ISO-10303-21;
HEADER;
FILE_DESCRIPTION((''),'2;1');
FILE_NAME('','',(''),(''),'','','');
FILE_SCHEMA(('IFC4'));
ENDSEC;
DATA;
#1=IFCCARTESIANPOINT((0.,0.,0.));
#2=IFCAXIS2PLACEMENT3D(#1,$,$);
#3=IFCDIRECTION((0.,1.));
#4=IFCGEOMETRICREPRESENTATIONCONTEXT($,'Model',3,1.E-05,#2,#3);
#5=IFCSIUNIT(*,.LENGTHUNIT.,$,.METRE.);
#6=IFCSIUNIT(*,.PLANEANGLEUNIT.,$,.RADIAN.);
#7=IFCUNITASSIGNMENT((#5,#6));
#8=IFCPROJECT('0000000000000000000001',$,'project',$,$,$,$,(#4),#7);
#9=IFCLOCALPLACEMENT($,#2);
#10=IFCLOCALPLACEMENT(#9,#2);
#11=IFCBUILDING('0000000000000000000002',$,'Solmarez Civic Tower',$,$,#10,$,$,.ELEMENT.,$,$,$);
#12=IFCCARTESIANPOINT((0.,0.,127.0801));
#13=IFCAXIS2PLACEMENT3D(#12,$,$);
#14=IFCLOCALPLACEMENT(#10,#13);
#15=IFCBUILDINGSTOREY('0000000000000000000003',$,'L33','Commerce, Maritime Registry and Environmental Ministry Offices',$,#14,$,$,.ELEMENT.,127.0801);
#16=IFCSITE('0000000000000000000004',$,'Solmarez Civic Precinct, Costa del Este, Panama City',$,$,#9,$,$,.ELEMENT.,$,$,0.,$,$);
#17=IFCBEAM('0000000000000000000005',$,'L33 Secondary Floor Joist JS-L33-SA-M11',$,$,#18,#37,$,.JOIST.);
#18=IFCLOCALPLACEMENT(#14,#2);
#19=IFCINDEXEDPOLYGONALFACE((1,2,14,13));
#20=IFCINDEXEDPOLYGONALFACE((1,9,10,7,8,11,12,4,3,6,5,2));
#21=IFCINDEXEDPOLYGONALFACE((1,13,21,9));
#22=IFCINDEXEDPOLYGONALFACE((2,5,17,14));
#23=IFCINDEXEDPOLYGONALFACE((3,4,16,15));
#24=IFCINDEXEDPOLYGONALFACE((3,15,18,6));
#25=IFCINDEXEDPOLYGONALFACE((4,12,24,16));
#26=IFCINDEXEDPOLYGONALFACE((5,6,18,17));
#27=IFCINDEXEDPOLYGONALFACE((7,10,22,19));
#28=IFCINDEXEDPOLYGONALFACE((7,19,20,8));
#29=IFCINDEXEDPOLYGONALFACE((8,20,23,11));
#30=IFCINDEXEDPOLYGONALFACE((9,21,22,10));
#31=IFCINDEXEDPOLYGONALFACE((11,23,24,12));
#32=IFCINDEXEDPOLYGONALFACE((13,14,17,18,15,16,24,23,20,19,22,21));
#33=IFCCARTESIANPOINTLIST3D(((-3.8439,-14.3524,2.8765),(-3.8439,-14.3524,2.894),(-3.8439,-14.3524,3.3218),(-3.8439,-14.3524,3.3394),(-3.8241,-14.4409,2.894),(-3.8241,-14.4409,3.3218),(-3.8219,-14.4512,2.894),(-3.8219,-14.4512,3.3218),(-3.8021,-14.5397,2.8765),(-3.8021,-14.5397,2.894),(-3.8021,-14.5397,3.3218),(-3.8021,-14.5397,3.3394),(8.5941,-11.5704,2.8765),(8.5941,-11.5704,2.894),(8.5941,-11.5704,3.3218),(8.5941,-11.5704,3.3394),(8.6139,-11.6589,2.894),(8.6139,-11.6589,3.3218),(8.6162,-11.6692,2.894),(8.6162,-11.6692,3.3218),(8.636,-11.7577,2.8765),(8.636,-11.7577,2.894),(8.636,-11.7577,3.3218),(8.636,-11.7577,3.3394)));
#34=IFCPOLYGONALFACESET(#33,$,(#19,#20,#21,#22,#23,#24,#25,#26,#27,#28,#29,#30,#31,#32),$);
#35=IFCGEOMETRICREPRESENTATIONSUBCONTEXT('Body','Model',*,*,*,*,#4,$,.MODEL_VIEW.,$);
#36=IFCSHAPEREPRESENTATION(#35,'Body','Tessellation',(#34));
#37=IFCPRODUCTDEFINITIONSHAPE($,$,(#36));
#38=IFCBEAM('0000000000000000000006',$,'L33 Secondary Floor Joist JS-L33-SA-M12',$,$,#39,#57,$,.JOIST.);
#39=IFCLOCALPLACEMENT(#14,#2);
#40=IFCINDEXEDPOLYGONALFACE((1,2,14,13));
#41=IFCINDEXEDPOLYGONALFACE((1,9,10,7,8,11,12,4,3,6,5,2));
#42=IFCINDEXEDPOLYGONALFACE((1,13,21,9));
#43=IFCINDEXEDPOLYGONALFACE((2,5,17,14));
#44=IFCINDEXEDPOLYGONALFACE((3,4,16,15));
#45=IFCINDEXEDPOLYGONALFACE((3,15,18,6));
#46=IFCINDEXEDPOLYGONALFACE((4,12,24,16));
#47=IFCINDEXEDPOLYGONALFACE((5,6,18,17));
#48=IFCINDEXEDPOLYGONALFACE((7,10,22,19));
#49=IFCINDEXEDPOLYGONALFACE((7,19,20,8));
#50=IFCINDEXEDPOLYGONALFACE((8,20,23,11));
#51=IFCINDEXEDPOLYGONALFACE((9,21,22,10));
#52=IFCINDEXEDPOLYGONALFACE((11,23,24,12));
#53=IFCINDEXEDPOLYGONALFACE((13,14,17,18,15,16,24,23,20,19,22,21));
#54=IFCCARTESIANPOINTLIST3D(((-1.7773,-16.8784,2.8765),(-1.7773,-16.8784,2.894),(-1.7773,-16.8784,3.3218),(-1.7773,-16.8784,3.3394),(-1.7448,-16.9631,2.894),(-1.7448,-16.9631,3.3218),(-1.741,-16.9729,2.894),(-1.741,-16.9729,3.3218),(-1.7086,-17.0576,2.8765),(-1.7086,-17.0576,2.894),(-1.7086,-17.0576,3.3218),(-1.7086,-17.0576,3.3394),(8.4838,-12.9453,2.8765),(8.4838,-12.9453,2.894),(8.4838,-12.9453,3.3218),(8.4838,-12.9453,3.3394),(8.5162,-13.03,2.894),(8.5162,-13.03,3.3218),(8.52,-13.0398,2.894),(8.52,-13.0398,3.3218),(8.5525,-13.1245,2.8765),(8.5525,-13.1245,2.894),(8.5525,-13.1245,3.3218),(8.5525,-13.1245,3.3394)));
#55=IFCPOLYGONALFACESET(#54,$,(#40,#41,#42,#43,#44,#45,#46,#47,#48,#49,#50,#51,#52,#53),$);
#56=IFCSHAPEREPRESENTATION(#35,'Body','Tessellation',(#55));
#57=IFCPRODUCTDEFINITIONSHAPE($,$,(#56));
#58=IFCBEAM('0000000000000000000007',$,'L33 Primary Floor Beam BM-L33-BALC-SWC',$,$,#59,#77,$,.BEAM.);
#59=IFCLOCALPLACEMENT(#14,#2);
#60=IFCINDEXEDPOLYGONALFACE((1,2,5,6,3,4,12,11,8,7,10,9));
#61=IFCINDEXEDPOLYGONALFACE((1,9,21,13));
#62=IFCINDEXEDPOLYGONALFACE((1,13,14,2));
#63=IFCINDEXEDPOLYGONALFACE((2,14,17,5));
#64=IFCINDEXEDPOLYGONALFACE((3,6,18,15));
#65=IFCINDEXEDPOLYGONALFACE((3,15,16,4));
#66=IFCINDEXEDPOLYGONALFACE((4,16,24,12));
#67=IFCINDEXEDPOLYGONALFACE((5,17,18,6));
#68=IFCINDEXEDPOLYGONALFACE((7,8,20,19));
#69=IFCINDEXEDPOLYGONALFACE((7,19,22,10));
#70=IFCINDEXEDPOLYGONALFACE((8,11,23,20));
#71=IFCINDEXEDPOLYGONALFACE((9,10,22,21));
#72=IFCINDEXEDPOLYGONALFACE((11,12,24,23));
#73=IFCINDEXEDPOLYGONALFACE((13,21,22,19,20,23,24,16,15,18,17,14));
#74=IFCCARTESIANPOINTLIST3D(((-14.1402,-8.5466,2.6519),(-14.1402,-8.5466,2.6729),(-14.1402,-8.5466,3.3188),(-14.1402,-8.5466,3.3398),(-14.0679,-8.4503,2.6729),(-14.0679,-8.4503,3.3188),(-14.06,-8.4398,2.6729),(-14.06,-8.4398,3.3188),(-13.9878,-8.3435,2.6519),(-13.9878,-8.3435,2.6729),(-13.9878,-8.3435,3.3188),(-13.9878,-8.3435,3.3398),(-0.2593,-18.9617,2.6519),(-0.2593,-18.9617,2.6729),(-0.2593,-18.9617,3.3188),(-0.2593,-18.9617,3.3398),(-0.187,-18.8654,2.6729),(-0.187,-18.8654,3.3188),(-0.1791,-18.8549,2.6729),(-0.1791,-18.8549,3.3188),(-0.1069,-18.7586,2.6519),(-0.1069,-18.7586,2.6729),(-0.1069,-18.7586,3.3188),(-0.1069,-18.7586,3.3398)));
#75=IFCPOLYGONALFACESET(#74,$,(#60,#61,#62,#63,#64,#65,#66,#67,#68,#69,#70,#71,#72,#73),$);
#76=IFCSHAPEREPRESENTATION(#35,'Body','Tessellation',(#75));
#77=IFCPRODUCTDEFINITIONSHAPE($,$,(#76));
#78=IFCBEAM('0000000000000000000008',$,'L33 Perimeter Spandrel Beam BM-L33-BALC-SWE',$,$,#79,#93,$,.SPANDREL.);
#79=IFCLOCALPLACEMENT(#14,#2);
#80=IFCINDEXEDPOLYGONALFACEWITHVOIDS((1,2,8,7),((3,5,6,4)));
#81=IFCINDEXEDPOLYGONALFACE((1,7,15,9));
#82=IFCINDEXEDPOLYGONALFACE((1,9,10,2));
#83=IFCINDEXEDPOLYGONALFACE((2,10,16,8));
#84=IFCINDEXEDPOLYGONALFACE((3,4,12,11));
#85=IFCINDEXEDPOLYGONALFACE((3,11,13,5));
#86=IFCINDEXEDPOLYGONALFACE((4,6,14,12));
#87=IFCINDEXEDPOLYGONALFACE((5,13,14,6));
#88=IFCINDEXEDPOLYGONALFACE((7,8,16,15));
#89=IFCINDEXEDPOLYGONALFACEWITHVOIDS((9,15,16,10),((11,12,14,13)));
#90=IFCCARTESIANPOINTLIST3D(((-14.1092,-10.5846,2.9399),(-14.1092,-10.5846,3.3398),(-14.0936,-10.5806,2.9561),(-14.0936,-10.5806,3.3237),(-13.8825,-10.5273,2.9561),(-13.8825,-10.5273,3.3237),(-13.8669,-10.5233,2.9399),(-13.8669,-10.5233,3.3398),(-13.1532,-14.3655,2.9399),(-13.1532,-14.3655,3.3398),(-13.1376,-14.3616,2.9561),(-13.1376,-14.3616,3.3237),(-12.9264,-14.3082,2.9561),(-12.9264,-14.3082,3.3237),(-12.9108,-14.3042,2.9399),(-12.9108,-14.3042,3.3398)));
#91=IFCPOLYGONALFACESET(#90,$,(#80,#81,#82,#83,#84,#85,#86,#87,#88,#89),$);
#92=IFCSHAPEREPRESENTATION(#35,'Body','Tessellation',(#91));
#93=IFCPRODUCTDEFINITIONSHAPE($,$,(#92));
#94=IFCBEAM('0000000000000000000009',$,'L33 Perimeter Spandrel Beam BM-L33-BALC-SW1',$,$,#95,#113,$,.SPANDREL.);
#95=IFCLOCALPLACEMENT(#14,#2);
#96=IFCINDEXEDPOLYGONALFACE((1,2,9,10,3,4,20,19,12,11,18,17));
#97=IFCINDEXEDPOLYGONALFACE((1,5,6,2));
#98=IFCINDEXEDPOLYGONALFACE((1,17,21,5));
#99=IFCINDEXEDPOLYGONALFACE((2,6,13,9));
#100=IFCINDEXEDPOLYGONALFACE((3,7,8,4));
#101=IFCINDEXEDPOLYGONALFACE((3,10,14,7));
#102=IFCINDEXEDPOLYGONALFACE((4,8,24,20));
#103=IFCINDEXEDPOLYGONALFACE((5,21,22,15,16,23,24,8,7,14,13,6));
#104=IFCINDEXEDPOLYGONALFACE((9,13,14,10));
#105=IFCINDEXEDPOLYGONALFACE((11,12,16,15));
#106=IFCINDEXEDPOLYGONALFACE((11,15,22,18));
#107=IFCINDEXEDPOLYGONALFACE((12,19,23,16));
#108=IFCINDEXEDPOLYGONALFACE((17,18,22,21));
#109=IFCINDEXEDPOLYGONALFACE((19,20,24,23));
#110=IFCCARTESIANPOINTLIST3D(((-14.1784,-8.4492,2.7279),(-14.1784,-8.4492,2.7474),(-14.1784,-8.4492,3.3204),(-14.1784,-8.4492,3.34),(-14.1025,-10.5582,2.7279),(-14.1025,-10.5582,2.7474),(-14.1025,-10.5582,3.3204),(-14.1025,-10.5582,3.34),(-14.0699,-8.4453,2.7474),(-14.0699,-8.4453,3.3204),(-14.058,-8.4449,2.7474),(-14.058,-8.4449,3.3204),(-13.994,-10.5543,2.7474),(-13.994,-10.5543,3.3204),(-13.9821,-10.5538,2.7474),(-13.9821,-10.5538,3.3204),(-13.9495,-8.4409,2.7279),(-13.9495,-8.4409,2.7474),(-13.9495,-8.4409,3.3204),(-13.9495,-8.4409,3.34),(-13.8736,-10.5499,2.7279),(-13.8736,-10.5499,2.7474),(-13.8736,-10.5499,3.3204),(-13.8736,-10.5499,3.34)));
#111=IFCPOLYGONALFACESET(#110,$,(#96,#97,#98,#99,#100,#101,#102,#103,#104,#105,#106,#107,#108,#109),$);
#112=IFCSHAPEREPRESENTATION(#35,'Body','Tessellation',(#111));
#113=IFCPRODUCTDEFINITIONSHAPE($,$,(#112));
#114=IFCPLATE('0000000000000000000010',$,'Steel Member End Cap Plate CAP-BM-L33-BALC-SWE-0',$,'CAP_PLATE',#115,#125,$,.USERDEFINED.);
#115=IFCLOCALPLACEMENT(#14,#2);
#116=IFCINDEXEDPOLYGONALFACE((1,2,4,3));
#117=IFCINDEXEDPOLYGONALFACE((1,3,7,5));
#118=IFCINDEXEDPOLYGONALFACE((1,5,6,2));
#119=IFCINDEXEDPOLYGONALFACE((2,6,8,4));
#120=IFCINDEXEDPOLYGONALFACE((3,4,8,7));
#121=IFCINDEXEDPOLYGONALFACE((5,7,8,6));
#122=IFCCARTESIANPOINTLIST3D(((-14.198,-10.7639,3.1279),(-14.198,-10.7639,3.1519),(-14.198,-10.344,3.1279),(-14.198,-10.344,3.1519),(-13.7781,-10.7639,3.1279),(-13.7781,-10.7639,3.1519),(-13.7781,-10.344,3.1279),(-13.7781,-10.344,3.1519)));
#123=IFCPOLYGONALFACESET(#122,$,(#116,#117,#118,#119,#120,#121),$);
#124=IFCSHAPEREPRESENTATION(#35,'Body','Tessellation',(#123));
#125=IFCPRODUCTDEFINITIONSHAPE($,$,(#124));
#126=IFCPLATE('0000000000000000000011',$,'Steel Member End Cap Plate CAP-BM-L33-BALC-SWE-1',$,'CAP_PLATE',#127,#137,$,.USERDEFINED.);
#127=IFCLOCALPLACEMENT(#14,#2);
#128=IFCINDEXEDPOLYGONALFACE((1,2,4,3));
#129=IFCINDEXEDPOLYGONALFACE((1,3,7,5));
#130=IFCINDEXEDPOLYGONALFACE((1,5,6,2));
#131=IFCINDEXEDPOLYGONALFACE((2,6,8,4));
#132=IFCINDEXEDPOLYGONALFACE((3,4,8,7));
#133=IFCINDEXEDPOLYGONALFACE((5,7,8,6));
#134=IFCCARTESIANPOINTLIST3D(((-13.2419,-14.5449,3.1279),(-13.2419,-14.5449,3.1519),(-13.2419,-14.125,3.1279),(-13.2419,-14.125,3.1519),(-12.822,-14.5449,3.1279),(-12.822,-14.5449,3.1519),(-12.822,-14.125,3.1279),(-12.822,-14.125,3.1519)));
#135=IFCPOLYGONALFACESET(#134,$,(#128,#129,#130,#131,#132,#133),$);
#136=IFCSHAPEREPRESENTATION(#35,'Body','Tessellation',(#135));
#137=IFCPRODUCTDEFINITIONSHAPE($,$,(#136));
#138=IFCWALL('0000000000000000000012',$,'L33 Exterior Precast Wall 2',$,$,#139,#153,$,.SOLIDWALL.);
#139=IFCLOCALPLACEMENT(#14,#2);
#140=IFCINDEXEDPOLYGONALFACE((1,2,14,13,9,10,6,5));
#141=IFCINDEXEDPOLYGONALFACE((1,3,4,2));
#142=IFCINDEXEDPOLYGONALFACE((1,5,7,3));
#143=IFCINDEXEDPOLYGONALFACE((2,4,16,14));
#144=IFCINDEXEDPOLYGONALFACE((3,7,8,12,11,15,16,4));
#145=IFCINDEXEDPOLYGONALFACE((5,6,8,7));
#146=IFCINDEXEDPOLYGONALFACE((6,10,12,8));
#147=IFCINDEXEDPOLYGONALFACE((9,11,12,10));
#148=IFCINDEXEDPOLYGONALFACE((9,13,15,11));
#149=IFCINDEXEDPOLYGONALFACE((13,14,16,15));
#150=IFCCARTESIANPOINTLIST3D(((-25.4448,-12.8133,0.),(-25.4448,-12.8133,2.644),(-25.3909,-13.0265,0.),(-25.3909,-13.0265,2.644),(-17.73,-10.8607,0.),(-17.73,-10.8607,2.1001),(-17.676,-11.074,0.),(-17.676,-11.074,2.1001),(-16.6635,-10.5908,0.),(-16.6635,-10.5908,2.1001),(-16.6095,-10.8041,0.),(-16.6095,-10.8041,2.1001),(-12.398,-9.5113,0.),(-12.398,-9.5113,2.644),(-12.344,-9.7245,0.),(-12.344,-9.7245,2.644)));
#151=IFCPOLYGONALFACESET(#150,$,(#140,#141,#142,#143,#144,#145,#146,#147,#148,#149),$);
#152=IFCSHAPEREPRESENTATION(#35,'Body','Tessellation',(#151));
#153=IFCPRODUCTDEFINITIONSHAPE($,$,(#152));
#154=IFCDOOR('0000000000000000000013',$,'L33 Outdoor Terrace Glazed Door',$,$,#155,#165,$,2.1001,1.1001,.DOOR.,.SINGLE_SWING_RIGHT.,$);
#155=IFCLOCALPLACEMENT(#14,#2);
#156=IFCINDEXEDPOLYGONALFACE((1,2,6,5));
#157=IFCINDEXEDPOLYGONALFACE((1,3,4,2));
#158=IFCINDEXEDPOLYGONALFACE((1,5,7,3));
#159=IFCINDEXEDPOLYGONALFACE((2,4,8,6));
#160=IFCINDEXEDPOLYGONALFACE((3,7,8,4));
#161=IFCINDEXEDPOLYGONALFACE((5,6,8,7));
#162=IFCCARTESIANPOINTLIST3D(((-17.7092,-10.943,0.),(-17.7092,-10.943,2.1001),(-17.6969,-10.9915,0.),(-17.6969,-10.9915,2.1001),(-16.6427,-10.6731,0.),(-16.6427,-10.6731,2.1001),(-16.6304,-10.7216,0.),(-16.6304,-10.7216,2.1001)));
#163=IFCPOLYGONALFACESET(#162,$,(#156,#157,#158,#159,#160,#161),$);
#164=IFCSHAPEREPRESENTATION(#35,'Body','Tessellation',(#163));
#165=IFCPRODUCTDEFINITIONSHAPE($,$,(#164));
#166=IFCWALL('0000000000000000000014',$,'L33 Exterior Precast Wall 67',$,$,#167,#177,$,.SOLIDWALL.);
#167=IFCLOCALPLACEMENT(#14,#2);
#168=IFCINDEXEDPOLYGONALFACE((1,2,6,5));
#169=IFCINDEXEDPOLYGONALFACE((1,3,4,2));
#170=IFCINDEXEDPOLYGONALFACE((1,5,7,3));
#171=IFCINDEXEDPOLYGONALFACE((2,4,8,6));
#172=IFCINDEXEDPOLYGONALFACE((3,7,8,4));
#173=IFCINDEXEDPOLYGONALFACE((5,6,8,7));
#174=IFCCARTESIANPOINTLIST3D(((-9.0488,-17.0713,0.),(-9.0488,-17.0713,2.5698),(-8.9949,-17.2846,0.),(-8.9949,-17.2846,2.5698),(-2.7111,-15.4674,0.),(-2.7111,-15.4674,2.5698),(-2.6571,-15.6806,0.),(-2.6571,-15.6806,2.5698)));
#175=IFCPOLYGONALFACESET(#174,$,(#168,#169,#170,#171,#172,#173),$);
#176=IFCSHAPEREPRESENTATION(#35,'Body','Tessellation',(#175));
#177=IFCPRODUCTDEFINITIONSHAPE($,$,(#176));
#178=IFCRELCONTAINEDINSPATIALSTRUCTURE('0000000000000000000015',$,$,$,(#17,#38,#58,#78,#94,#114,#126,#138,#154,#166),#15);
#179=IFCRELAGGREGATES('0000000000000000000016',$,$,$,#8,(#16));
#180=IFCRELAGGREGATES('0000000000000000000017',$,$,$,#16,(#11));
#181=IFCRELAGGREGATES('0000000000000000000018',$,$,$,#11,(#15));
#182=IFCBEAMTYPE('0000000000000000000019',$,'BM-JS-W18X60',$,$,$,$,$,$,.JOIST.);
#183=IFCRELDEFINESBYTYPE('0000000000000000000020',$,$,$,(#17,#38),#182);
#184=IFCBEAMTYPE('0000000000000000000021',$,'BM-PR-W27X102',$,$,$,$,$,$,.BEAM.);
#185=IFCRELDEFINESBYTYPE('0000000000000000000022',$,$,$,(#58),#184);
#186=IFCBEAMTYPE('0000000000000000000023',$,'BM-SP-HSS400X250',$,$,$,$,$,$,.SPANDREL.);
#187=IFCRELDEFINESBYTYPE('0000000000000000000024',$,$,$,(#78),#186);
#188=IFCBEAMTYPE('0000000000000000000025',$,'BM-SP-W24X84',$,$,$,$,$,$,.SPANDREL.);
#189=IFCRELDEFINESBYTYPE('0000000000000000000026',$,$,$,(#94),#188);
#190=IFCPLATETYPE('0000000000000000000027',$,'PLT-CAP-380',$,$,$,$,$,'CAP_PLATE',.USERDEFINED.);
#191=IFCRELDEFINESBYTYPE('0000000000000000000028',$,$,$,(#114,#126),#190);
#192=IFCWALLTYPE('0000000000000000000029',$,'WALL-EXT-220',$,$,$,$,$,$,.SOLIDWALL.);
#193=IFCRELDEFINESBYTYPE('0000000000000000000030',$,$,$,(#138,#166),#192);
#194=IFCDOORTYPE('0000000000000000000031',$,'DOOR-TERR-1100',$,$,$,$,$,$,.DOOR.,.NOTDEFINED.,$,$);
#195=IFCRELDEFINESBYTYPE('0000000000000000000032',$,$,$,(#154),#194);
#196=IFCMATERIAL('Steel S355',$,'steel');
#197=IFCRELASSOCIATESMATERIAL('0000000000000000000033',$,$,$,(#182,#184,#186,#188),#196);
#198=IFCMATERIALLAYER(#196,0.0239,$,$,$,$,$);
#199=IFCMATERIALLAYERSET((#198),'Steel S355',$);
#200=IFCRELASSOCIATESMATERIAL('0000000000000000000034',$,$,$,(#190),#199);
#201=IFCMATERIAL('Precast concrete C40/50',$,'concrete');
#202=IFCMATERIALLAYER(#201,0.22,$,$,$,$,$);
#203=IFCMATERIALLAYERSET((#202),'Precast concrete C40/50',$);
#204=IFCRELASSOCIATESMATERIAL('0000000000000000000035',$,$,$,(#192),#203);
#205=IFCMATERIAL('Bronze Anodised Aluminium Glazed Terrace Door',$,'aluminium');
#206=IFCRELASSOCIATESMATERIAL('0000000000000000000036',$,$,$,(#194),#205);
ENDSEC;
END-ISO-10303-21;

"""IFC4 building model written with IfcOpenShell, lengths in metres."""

from ifc_helpers import new_model, si_unit, direction, frame, frame_2d, origin, origin_2d, place, context, subcontext, project, spatial, rectangle, hollow_rectangle, i_section, extrude, material, layer, layer_set, material_profile, profile_set, type_object, element, fill, save


model = new_model("IFC4")

# Units and contexts
model_context = context("Model", 3, precision=1e-05, world=origin(), true_north=direction((0.0, 1.0)))
body_context = subcontext(model_context, "Body", "Model", "MODEL_VIEW")
ifc_project = project(units=[si_unit("LENGTHUNIT", "METRE"), si_unit("PLANEANGLEUNIT", "RADIAN")], contexts=[model_context])

# Site, building, storey
site_placement = place(None, origin())
site = spatial("IfcSite", under=ifc_project, at=site_placement, Name="Solmarez Civic Precinct, Costa del Este, Panama City", CompositionType="ELEMENT", RefElevation=0.0)
building_placement = place(site_placement, origin())
building = spatial("IfcBuilding", under=site, at=building_placement, Name="Solmarez Civic Tower", CompositionType="ELEMENT")
storey_placement = place(building_placement, frame((0.0, 0.0, 127.0801)))
storey = spatial("IfcBuildingStorey", under=building, at=storey_placement, Name="L33", Description="Commerce, Maritime Registry and Environmental Ministry Offices", CompositionType="ELEMENT", Elevation=127.0801)

# Beams
ifc_material_1 = material(Name="Steel S355", Category="steel")
ifc_material_profile_1 = material_profile(ifc_material_1, i_section(OverallWidth=0.1919, OverallDepth=0.4629, WebThickness=0.0105, FlangeThickness=0.0176, at=origin_2d()), Name="W18X60")
ifc_profile_set_1 = profile_set([ifc_material_profile_1], Name="Steel S355")
beam_type_1 = type_object("IfcBeamType", Name="BM-JS-W18X60", PredefinedType="JOIST", material=ifc_profile_set_1)
beam_1_placement = place(storey_placement, frame((-3.823, -14.446, 3.1079), z_axis=(0.975887, 0.218275, 0.0), x_axis=(-0.218275, 0.975887, 0.0)))
element("IfcBeam", 1, at=beam_1_placement, inside=storey, type_object=beam_type_1, Name="L33 Secondary Floor Joist JS-L33-SA-M11", PredefinedType="JOIST", context=body_context, shape_type="SweptSolid", body=[
    extrude(i_section(OverallWidth=0.1919, OverallDepth=0.4629, WebThickness=0.0105, FlangeThickness=0.0176, at=origin_2d()), origin(), (0.0, 0.0, 1.0), 12.7454),
])
beam_2_placement = place(storey_placement, frame((-1.7429, -16.968, 3.1079), z_axis=(0.933754, 0.357914, 0.0), x_axis=(-0.357914, 0.933754, 0.0)))
element("IfcBeam", 2, at=beam_2_placement, inside=storey, type_object=beam_type_1, Name="L33 Secondary Floor Joist JS-L33-SA-M12", PredefinedType="JOIST", context=body_context, shape_type="SweptSolid", body=[
    extrude(i_section(OverallWidth=0.1919, OverallDepth=0.4629, WebThickness=0.0105, FlangeThickness=0.0176, at=origin_2d()), origin(), (0.0, 0.0, 1.0), 10.989),
])
ifc_material_profile_2 = material_profile(ifc_material_1, i_section(OverallWidth=0.2539, OverallDepth=0.688, WebThickness=0.0132, FlangeThickness=0.021, at=origin_2d()), Name="W27X102")
ifc_profile_set_2 = profile_set([ifc_material_profile_2], Name="Steel S355")
beam_type_2 = type_object("IfcBeamType", Name="BM-PR-W27X102", PredefinedType="BEAM", material=ifc_profile_set_2)
beam_3_placement = place(storey_placement, frame((-14.064, -8.4451, 2.9958), z_axis=(0.799878, -0.600162, 0.0), x_axis=(0.600162, 0.799878, 0.0)))
element("IfcBeam", 3, at=beam_3_placement, inside=storey, type_object=beam_type_2, Name="L33 Primary Floor Beam BM-L33-BALC-SWC", PredefinedType="BEAM", context=body_context, shape_type="SweptSolid", body=[
    extrude(i_section(OverallWidth=0.2539, OverallDepth=0.688, WebThickness=0.0132, FlangeThickness=0.021, at=origin_2d()), origin(), (0.0, 0.0, 1.0), 17.3538),
])
ifc_material_profile_3 = material_profile(ifc_material_1, hollow_rectangle(XDim=0.25, YDim=0.3999, WallThickness=0.0161, at=origin_2d()), Name="HSS400X250X16")
ifc_profile_set_3 = profile_set([ifc_material_profile_3], Name="Steel S355")
beam_type_3 = type_object("IfcBeamType", Name="BM-SP-HSS400X250", PredefinedType="SPANDREL", material=ifc_profile_set_3)
beam_4_placement = place(storey_placement, frame((-13.988, -10.554, 3.1399), z_axis=(0.245142, -0.969487, 0.0), x_axis=(0.969487, 0.245142, 0.0)))
element("IfcBeam", 4, at=beam_4_placement, inside=storey, type_object=beam_type_3, Name="L33 Perimeter Spandrel Beam BM-L33-BALC-SWE", PredefinedType="SPANDREL", context=body_context, shape_type="SweptSolid", body=[
    extrude(hollow_rectangle(XDim=0.25, YDim=0.3999, WallThickness=0.0161, at=origin_2d()), origin(), (0.0, 0.0, 1.0), 3.8999),
])
ifc_material_profile_4 = material_profile(ifc_material_1, i_section(OverallWidth=0.229, OverallDepth=0.6121, WebThickness=0.012, FlangeThickness=0.0195, at=origin_2d()), Name="W24X84")
ifc_profile_set_4 = profile_set([ifc_material_profile_4], Name="Steel S355")
beam_type_4 = type_object("IfcBeamType", Name="BM-SP-W24X84", PredefinedType="SPANDREL", material=ifc_profile_set_4)
beam_5_placement = place(storey_placement, frame((-14.064, -8.4451, 3.0339), z_axis=(0.03598, -0.999352, 0.0), x_axis=(0.999352, 0.03598, 0.0)))
element("IfcBeam", 5, at=beam_5_placement, inside=storey, type_object=beam_type_4, Name="L33 Perimeter Spandrel Beam BM-L33-BALC-SW1", PredefinedType="SPANDREL", context=body_context, shape_type="SweptSolid", body=[
    extrude(i_section(OverallWidth=0.229, OverallDepth=0.6121, WebThickness=0.012, FlangeThickness=0.0195, at=origin_2d()), origin(), (0.0, 0.0, 1.0), 2.1104),
])

# Plates
ifc_layer_1 = layer(ifc_material_1, 0.0239)
ifc_layer_set_1 = layer_set([ifc_layer_1], Name="Steel S355")
plate_type = type_object("IfcPlateType", Name="PLT-CAP-380", ElementType="CAP_PLATE", PredefinedType="USERDEFINED", material=ifc_layer_set_1)
for number, where, z_axis, x_axis, name in (
    (6, (-13.988, -10.554, 3.1279), (0.0, 0.0, 1.0), (1.0, 0.0, 0.0), "Steel Member End Cap Plate CAP-BM-L33-BALC-SWE-0"),
    (7, (-13.032, -14.335, 3.1279), (0.0, 0.0, 1.0), (1.0, 0.0, 0.0), "Steel Member End Cap Plate CAP-BM-L33-BALC-SWE-1"),
):
    element("IfcPlate", number, at=place(storey_placement, frame(where, z_axis=z_axis, x_axis=x_axis)), inside=storey, type_object=plate_type, Name=name, ObjectType="CAP_PLATE", PredefinedType="USERDEFINED", context=body_context, shape_type="SweptSolid", body=[
        extrude(rectangle(XDim=0.4199, YDim=0.4199, at=origin_2d()), origin(), (0.0, 0.0, 1.0), 0.0239),
    ])

# Wall, opening, door
ifc_material_2 = material(Name="Precast concrete C40/50", Category="concrete")
ifc_layer_2 = layer(ifc_material_2, 0.22)
ifc_layer_set_2 = layer_set([ifc_layer_2], Name="Precast concrete C40/50")
wall_type_1 = type_object("IfcWallType", Name="WALL-EXT-220", PredefinedType="SOLIDWALL", material=ifc_layer_set_2)
wall_1_placement = place(storey_placement, frame((-12.3711, -9.6179, 0.0), z_axis=(0.0, 0.0, 1.0), x_axis=(-0.969434, -0.245352, 0.0)))
wall_1 = element("IfcWall", 8, at=wall_1_placement, inside=storey, type_object=wall_type_1, Name="L33 Exterior Precast Wall 2", PredefinedType="SOLIDWALL", context=body_context, shape_type="SweptSolid", body=[
    extrude(rectangle(XDim=13.4583, YDim=0.22, at=frame_2d((6.729, 0.0))), origin(), (0.0, 0.0, 1.0), 2.644),
])
opening_1_placement = place(wall_1_placement, frame((4.3999, 0.0, 0.0)))
opening_1 = element("IfcOpeningElement", 9, at=opening_1_placement, cuts=wall_1, PredefinedType="OPENING", context=body_context, shape_type="SweptSolid", body=[
    extrude(rectangle(XDim=1.1001, YDim=2.1001, at=frame_2d((0.55, 1.05))), frame((0.0, 0.1199, 0.0), z_axis=(0.0, -1.0, 0.0), x_axis=(1.0, 0.0, 0.0)), (0.0, 0.0, 1.0), 0.24),
])
ifc_material_3 = material(Name="Bronze Anodised Aluminium Glazed Terrace Door", Category="aluminium")
door_type_1 = type_object("IfcDoorType", Name="DOOR-TERR-1100", OperationType="NOTDEFINED", PredefinedType="DOOR", material=ifc_material_3)
door_1_placement = place(opening_1_placement, origin())
door_1 = element("IfcDoor", 10, at=door_1_placement, inside=storey, type_object=door_type_1, Name="L33 Outdoor Terrace Glazed Door", OperationType="SINGLE_SWING_RIGHT", OverallHeight=2.1001, OverallWidth=1.1001, PredefinedType="DOOR", context=body_context, shape_type="SweptSolid", body=[
    extrude(rectangle(XDim=1.1001, YDim=2.1001, at=frame_2d((0.55, 1.05))), frame((0.0, 0.0249, 0.0), z_axis=(0.0, -1.0, 0.0), x_axis=(1.0, 0.0, 0.0)), (0.0, 0.0, 1.0), 0.05),
])
fill(opening_1, door_1)

# Wall
wall_2_placement = place(storey_placement, frame((-2.6841, -15.574, 0.0), z_axis=(0.0, 0.0, 1.0), x_axis=(-0.969435, -0.245346, 0.0)))
element("IfcWall", 11, at=wall_2_placement, inside=storey, type_object=wall_type_1, Name="L33 Exterior Precast Wall 67", PredefinedType="SOLIDWALL", context=body_context, shape_type="SweptSolid", body=[
    extrude(rectangle(XDim=6.5376, YDim=0.22, at=frame_2d((3.2688, 0.0))), origin(), (0.0, 0.0, 1.0), 2.5698),
])

save(model, "model.ifc")
